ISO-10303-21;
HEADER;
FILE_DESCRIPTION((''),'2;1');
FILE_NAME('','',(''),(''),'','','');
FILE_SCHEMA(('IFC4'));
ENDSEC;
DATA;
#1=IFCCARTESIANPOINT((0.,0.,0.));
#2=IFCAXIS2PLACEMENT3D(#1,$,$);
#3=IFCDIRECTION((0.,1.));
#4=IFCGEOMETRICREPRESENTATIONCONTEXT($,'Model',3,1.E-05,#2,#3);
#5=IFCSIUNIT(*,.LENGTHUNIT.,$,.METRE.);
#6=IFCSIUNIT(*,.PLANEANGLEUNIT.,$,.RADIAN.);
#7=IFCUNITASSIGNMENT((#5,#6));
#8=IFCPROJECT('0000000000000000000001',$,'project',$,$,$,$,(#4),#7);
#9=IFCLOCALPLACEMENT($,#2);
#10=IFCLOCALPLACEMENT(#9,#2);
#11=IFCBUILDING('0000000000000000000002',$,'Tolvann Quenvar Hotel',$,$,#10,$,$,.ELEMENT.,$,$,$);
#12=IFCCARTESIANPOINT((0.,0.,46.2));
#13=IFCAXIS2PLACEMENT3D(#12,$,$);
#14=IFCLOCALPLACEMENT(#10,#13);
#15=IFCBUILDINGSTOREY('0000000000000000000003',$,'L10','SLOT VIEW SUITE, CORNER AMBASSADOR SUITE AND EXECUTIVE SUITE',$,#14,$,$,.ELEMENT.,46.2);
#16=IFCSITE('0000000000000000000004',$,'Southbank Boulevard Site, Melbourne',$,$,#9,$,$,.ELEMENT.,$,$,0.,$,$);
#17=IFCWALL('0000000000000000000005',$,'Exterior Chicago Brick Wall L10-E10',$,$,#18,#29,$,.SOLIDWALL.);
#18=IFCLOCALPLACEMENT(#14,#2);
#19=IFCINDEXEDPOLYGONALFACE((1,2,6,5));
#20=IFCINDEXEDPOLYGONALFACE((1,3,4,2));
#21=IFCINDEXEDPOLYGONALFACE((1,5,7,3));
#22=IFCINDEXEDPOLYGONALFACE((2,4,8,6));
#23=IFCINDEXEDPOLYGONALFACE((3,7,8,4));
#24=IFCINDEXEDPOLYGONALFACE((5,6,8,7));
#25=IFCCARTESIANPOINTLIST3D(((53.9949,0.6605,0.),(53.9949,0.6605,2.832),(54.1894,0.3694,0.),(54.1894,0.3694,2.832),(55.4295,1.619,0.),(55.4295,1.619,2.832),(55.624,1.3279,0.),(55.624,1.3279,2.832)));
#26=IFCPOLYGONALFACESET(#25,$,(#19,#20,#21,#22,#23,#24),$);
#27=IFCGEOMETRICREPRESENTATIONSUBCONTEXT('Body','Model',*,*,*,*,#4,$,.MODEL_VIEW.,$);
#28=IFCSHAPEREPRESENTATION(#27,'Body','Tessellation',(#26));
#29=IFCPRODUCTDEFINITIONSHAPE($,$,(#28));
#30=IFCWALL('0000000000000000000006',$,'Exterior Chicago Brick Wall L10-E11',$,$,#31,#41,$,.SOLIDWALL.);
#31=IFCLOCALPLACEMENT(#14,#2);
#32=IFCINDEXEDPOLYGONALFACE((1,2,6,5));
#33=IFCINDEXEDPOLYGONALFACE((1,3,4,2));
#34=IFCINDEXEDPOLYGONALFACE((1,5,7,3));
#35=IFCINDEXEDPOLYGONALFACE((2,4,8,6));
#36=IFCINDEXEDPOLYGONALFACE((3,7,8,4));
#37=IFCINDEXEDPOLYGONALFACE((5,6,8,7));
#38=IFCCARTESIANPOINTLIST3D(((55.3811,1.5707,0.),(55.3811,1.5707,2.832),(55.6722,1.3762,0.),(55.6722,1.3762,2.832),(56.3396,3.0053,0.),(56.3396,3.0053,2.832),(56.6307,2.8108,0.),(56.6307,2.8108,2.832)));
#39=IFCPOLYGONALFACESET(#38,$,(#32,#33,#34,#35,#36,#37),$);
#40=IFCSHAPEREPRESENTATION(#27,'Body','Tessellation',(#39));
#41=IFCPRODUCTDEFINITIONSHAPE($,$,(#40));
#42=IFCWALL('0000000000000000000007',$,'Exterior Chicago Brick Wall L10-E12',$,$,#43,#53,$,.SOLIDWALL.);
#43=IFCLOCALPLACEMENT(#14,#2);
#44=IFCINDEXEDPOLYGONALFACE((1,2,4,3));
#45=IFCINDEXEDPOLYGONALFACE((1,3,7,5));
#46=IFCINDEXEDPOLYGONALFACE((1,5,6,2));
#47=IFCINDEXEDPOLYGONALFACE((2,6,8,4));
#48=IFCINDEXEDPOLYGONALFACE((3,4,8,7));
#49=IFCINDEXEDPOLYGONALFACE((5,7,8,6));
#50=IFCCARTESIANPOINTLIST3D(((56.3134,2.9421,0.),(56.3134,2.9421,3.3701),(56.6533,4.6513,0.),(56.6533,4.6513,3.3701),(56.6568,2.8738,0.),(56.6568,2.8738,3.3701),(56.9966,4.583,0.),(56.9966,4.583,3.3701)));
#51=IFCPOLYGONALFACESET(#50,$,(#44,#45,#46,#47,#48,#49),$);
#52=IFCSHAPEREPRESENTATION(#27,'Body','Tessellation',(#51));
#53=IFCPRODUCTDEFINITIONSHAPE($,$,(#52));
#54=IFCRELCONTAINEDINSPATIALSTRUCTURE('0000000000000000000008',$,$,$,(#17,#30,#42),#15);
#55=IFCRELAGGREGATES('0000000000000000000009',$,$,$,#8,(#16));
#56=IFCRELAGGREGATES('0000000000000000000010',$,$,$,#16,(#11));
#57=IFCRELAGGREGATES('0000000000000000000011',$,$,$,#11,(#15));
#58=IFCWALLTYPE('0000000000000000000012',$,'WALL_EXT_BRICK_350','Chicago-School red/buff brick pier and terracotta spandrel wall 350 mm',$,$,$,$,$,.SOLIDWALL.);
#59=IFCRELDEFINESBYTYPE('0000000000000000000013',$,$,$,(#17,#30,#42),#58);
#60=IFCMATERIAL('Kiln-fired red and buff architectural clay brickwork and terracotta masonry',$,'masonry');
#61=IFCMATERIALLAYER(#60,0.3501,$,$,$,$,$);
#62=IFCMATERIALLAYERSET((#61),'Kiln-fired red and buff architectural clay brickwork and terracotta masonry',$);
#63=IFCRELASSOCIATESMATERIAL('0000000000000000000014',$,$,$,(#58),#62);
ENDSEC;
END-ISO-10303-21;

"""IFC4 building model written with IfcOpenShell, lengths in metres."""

from ifc_helpers import new_model, si_unit, direction, frame, frame_2d, origin, place, context, subcontext, project, spatial, rectangle, extrude, material, layer, layer_set, type_object, element, save


model = new_model("IFC4")

# Units and contexts
model_context = context("Model", 3, precision=1e-05, world=origin(), true_north=direction((0.0, 1.0)))
body_context = subcontext(model_context, "Body", "Model", "MODEL_VIEW")
ifc_project = project(units=[si_unit("LENGTHUNIT", "METRE"), si_unit("PLANEANGLEUNIT", "RADIAN")], contexts=[model_context])

# Site, building, storey
site_placement = place(None, origin())
site = spatial("IfcSite", under=ifc_project, at=site_placement, Name="Southbank Boulevard Site, Melbourne", CompositionType="ELEMENT", RefElevation=0.0)
building_placement = place(site_placement, origin())
building = spatial("IfcBuilding", under=site, at=building_placement, Name="Tolvann Quenvar Hotel", CompositionType="ELEMENT")
storey_placement = place(building_placement, frame((0.0, 0.0, 46.2)))
storey = spatial("IfcBuildingStorey", under=building, at=storey_placement, Name="L10", Description="SLOT VIEW SUITE, CORNER AMBASSADOR SUITE AND EXECUTIVE SUITE", CompositionType="ELEMENT", Elevation=46.2)

# Walls
ifc_material_1 = material(Name="Kiln-fired red and buff architectural clay brickwork and terracotta masonry", Category="masonry")
ifc_layer_1 = layer(ifc_material_1, 0.3501)
ifc_layer_set_1 = layer_set([ifc_layer_1], Name="Kiln-fired red and buff architectural clay brickwork and terracotta masonry")
wall_type_1 = type_object("IfcWallType", Name="WALL_EXT_BRICK_350", Description="Chicago-School red/buff brick pier and terracotta spandrel wall 350 mm", PredefinedType="SOLIDWALL", material=ifc_layer_set_1)
for number, where, z_axis, x_axis, name in (
    (1, (54.092, 0.5149, 0.0), (0.0, 0.0, 1.0), (0.831484, 0.555549, 0.0), "Exterior Chicago Brick Wall L10-E10"),
    (2, (55.5266, 1.4734, 0.0), (0.0, 0.0, 1.0), (0.555549, 0.831484, 0.0), "Exterior Chicago Brick Wall L10-E11"),
):
    element("IfcWall", number, at=place(storey_placement, frame(where, z_axis=z_axis, x_axis=x_axis)), inside=storey, type_object=wall_type_1, Name=name, PredefinedType="SOLIDWALL", context=body_context, shape_type="SweptSolid", body=[
        extrude(rectangle(XDim=1.7253, YDim=0.3501, at=frame_2d((0.8628, 0.0))), origin(), (0.0, 0.0, 1.0), 2.832),
    ])
wall_1_placement = place(storey_placement, frame((56.4851, 2.908, 0.0), z_axis=(0.0, 0.0, 1.0), x_axis=(0.195011, 0.980801, 0.0)))
element("IfcWall", 3, at=wall_1_placement, inside=storey, type_object=wall_type_1, Name="Exterior Chicago Brick Wall L10-E12", PredefinedType="SOLIDWALL", context=body_context, shape_type="SweptSolid", body=[
    extrude(rectangle(XDim=1.7427, YDim=0.3501, at=frame_2d((0.8713, 0.0))), origin(), (0.0, 0.0, 1.0), 3.3701),
])

save(model, "model.ifc")
